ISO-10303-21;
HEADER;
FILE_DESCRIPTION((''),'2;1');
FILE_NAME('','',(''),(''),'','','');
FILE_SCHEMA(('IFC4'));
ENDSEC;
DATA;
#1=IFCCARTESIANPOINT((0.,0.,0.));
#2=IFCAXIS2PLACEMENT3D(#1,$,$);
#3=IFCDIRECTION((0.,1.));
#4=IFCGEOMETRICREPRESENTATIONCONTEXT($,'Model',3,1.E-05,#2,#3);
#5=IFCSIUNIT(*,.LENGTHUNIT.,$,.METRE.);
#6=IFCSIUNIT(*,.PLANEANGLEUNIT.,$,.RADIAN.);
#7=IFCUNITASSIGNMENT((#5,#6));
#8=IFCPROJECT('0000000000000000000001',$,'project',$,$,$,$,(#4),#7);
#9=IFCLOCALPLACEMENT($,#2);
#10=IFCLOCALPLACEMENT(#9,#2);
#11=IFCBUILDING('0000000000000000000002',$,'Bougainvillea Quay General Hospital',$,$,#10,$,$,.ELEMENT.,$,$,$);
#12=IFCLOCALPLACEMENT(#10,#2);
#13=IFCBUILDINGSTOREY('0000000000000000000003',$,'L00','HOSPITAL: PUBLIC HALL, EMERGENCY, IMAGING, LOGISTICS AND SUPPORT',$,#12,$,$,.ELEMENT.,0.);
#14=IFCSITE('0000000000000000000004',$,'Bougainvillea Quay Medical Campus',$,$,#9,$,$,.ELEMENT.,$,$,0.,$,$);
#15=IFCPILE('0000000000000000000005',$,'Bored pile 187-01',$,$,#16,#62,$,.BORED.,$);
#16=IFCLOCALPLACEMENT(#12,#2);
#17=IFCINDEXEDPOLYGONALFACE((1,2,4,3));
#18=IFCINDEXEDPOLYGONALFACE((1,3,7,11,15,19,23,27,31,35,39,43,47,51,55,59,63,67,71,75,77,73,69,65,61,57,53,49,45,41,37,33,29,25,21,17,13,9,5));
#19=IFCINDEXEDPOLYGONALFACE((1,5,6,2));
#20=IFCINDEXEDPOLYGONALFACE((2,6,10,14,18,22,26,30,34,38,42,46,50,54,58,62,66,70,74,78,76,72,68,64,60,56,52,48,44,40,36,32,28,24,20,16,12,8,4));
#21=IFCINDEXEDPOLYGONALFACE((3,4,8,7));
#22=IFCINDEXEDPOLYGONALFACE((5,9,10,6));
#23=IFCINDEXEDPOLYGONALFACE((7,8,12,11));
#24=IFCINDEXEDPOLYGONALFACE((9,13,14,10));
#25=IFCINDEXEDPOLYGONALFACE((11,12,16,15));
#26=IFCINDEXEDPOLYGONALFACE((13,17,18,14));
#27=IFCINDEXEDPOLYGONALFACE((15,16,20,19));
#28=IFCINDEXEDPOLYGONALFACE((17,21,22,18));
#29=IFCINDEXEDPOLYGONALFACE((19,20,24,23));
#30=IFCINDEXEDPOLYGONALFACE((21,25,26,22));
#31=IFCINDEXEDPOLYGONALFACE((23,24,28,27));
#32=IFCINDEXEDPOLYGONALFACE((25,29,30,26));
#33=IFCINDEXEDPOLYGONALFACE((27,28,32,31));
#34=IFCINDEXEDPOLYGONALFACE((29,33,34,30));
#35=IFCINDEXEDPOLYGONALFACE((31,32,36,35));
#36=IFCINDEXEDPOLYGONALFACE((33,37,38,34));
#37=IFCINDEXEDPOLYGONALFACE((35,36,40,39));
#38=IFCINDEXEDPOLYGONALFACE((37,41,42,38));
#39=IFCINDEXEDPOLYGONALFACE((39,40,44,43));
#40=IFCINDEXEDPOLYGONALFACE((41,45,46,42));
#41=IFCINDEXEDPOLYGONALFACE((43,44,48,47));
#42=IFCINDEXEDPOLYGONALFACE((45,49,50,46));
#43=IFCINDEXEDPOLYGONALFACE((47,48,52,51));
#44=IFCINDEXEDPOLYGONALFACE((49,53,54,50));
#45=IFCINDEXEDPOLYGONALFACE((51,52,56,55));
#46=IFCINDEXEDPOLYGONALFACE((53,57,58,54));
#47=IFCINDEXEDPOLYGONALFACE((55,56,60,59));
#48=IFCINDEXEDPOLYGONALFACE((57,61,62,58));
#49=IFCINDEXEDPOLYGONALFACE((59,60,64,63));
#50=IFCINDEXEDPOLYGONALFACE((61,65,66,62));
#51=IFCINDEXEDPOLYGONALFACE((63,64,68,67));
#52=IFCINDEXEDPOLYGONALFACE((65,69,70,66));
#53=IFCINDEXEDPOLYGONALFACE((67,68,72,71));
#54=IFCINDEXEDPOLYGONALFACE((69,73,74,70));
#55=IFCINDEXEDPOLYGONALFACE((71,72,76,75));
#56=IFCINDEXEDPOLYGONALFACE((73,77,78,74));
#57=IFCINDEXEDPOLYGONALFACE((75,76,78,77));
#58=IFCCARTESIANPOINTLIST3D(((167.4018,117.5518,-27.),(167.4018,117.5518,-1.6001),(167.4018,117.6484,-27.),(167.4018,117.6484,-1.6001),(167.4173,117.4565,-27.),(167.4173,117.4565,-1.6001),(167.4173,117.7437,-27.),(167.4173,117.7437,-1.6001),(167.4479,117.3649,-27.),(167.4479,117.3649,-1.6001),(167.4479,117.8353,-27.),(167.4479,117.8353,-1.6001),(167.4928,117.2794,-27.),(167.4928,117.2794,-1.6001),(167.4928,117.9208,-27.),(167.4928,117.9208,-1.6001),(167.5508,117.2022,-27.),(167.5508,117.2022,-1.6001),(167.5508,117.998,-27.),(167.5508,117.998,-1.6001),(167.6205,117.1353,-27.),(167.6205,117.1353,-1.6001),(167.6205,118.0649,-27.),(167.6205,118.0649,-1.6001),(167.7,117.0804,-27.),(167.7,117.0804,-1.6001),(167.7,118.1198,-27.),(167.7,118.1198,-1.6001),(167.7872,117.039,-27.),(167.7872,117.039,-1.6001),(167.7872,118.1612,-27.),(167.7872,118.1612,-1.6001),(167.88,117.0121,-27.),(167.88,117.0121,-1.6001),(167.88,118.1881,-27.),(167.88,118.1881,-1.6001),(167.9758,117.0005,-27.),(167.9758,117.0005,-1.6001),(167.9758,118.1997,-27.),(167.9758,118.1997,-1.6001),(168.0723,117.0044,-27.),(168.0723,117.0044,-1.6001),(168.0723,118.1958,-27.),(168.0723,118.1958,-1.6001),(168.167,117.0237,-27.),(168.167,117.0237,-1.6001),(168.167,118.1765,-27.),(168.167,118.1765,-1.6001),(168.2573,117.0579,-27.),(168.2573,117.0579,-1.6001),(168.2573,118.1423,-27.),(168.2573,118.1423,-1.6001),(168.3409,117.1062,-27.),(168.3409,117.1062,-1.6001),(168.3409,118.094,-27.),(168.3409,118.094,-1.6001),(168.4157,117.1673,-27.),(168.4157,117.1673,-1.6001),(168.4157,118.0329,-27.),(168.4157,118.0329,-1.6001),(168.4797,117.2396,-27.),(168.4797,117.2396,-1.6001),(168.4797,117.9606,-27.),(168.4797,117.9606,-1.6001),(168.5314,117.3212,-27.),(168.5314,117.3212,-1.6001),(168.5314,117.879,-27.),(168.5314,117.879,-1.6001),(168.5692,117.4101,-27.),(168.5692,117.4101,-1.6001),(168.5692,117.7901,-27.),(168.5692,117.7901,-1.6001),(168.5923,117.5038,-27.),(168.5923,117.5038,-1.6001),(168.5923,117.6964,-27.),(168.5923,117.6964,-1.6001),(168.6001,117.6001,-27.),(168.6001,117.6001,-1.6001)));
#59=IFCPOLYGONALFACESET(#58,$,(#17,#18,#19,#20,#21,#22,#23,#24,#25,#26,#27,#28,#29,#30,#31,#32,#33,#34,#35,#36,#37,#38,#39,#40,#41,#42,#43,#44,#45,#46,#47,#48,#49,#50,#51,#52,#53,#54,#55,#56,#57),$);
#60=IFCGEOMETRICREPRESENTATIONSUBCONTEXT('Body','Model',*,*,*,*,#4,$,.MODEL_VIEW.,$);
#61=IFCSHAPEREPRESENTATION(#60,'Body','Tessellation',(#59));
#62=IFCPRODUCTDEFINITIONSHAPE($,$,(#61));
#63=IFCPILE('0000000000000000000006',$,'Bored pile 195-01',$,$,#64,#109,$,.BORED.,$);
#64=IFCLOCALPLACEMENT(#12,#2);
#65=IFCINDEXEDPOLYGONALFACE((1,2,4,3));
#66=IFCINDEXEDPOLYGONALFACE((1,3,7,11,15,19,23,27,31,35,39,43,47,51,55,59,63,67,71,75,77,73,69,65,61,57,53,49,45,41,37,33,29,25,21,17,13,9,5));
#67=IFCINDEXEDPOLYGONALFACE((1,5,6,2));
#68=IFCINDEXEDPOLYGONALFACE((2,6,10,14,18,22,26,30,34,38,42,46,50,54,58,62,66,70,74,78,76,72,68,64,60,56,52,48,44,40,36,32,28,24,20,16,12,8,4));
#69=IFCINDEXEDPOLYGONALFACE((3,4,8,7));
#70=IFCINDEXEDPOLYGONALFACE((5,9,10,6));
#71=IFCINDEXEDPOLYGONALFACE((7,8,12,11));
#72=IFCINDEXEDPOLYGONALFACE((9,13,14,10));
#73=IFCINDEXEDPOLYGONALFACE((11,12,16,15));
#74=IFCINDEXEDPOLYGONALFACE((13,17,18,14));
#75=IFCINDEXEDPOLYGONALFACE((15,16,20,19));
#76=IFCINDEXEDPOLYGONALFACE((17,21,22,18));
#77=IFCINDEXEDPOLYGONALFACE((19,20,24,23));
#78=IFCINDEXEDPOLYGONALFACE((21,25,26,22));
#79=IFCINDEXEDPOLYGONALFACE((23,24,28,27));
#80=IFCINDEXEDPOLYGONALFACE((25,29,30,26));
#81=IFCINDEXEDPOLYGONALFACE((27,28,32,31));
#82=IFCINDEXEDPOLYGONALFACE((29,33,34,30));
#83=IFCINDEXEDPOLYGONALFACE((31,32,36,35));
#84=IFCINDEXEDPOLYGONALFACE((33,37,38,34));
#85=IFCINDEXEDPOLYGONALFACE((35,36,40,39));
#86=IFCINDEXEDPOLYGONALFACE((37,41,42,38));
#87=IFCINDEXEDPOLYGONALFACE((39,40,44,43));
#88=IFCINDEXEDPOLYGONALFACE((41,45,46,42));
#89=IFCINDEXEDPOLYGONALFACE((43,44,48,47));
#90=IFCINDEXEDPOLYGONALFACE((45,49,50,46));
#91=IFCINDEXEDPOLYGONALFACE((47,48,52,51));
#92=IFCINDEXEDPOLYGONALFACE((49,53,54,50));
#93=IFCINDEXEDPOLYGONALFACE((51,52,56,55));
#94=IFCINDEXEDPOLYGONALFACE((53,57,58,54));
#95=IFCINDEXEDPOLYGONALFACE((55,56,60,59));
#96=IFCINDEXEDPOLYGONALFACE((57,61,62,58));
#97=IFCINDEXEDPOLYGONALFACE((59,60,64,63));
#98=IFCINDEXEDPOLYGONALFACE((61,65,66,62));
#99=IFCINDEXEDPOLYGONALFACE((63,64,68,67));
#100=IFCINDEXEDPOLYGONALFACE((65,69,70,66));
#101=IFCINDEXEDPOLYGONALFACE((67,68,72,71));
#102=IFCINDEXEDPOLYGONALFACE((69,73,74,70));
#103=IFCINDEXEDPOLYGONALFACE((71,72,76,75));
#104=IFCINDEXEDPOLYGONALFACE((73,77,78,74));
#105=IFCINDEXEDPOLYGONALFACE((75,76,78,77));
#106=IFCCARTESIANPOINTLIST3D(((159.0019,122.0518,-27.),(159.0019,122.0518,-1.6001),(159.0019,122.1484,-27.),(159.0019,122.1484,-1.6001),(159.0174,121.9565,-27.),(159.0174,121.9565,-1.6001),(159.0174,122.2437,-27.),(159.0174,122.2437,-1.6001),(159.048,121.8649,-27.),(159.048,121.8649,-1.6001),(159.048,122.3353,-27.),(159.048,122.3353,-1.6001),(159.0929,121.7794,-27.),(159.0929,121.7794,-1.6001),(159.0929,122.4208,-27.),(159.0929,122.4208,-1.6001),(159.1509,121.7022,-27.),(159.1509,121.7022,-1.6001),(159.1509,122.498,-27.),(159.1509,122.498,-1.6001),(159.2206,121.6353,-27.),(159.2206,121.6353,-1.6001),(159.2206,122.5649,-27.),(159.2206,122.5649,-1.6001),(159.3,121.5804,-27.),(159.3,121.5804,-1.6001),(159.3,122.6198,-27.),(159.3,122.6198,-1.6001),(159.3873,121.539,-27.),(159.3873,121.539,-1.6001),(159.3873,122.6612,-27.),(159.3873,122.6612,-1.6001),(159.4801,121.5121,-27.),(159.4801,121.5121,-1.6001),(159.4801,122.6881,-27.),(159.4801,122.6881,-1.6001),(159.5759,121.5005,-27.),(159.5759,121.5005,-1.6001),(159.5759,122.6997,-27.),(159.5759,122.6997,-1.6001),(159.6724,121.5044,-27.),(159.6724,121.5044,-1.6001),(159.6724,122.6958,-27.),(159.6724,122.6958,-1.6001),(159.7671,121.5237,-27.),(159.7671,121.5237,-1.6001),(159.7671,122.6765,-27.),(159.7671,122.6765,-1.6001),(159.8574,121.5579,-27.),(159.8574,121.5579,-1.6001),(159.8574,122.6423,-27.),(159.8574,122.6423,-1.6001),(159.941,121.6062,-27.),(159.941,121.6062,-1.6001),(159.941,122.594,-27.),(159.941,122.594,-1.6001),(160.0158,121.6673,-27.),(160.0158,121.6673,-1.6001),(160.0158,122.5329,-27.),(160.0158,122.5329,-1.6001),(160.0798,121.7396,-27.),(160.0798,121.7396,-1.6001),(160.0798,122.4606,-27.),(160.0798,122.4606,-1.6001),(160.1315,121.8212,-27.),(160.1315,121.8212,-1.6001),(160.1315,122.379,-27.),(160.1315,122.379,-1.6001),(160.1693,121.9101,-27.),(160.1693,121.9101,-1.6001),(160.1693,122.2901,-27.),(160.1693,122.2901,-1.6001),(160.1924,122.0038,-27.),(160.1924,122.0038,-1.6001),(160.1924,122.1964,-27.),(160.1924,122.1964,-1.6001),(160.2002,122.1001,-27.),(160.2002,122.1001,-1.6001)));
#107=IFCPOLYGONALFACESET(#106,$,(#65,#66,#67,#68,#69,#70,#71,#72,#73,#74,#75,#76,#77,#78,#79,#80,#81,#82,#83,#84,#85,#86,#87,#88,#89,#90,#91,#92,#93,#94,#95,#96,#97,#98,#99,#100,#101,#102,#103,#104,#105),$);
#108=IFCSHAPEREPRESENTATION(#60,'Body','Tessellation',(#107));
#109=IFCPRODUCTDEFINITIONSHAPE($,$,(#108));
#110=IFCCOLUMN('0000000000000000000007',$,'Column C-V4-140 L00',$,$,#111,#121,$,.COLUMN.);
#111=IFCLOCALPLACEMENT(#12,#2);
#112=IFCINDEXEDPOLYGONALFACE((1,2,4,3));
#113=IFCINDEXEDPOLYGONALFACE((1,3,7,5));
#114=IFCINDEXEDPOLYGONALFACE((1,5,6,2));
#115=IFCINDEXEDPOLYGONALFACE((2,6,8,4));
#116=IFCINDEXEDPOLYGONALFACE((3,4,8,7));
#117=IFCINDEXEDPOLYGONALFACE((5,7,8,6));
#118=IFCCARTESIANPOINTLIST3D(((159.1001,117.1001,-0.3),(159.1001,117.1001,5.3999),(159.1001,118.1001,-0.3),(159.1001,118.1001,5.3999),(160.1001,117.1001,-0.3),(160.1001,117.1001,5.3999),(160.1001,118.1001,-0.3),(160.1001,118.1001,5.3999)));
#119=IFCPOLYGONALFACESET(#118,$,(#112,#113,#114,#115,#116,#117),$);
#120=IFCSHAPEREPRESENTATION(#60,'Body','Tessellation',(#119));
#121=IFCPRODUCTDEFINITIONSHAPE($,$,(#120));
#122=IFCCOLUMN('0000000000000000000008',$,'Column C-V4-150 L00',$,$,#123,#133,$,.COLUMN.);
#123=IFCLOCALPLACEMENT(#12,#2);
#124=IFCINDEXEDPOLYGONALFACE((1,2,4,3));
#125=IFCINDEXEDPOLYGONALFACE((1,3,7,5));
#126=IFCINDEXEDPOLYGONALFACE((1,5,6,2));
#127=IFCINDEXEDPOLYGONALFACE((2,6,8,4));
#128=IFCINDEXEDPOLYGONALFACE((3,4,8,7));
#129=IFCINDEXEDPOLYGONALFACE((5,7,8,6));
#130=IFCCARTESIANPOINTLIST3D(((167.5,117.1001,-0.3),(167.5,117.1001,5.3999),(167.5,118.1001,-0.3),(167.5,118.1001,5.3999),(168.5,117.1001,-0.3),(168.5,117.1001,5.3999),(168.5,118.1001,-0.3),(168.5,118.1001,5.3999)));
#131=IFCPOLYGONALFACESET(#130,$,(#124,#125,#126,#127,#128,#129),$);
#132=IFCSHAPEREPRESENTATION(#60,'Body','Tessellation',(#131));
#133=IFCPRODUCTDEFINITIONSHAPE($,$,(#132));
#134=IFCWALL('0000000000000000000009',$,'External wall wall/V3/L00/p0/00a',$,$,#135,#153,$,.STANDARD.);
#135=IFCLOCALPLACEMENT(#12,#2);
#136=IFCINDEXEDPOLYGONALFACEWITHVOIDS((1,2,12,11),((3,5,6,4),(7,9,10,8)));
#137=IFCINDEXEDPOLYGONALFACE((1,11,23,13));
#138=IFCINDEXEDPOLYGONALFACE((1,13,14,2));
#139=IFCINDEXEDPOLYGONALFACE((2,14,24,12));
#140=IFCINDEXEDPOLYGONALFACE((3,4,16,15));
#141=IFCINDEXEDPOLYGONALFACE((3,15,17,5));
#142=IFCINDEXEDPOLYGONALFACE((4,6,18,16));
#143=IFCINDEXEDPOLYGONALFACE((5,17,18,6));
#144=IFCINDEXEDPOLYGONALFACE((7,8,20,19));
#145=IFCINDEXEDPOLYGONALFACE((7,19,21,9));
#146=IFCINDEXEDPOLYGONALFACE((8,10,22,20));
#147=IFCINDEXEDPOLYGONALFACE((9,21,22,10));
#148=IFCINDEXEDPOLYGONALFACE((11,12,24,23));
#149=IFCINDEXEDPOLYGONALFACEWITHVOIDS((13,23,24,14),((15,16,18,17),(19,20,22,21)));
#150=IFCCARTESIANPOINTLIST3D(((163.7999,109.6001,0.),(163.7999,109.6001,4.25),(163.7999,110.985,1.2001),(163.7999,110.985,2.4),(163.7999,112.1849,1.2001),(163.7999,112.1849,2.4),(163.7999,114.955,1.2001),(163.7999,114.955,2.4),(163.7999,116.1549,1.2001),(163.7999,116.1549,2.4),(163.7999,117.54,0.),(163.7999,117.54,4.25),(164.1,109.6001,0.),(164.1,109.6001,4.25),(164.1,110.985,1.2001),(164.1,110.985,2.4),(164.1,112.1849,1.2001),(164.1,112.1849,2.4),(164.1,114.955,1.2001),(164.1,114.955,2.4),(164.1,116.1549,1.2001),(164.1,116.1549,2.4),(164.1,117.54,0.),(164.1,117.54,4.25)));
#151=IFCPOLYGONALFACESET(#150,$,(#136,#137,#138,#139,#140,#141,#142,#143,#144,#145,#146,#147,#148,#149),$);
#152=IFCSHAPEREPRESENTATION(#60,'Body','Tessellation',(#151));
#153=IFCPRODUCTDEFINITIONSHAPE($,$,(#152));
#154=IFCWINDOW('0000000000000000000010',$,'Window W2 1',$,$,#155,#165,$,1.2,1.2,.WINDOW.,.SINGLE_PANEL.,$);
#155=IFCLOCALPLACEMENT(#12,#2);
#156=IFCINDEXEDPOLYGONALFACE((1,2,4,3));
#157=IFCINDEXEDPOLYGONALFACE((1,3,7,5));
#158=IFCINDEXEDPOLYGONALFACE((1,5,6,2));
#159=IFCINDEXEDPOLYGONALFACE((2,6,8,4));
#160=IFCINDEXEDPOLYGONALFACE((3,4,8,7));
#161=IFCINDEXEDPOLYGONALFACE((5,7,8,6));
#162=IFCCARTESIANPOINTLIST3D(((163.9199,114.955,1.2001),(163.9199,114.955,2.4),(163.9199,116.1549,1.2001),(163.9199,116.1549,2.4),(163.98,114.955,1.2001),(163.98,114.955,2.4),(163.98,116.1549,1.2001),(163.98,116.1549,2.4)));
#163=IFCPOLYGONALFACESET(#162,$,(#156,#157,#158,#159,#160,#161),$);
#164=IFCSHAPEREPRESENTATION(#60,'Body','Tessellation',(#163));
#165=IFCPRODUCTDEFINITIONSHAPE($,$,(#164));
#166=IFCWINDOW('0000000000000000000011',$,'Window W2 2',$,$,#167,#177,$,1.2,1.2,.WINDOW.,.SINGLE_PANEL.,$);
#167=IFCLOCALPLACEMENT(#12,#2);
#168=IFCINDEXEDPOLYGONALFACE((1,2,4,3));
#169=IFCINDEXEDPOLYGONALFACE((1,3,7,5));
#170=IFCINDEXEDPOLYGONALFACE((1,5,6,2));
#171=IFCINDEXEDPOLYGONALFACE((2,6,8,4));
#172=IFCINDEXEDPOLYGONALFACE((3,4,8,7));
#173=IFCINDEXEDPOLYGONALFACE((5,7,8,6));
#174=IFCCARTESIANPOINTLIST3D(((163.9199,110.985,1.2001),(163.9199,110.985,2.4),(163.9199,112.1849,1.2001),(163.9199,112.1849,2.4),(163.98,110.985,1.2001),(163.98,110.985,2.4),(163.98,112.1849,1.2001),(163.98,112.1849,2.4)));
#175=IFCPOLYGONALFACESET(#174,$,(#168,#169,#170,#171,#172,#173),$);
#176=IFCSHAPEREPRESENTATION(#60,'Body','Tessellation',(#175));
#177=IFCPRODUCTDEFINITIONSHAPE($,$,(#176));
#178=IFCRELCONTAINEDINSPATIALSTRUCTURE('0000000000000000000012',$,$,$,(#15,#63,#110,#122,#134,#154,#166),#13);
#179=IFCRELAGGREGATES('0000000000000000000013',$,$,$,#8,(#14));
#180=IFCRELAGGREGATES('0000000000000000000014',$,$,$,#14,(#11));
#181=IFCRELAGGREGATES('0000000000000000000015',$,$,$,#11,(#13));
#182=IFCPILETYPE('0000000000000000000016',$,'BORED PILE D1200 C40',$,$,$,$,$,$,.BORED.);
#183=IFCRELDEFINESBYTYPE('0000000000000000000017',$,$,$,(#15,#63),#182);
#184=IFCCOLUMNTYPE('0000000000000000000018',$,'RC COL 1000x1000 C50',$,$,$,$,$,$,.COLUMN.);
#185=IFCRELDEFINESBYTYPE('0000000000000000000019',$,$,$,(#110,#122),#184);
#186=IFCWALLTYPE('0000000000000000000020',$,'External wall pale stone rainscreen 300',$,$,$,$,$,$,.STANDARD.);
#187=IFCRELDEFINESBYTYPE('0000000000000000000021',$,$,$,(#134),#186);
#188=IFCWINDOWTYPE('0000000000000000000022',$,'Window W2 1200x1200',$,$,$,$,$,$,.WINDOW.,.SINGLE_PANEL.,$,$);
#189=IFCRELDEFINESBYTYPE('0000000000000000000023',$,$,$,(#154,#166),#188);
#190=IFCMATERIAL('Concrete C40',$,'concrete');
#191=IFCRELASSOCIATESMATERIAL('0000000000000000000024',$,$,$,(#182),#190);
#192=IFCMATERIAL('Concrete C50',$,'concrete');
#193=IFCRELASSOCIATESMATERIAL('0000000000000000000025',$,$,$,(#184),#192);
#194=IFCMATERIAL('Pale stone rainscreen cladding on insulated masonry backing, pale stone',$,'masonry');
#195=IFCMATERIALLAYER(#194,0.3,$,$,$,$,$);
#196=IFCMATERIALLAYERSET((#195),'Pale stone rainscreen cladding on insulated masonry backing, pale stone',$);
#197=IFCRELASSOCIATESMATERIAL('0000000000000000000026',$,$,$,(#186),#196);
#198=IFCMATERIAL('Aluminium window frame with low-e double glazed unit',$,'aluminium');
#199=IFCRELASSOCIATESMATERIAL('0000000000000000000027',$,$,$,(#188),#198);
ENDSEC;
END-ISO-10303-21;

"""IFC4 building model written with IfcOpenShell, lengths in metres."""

from ifc_helpers import new_model, si_unit, direction, frame, frame_2d, origin, origin_2d, place, context, subcontext, project, spatial, rectangle, circle, extrude, material, layer, layer_set, material_profile, profile_set, type_object, element, fill, save


model = new_model("IFC4")

# Units and contexts
model_context = context("Model", 3, precision=1e-05, world=origin(), true_north=direction((0.0, 1.0)))
body_context = subcontext(model_context, "Body", "Model", "MODEL_VIEW")
ifc_project = project(units=[si_unit("LENGTHUNIT", "METRE"), si_unit("PLANEANGLEUNIT", "RADIAN")], contexts=[model_context])

# Site, building, storey
site_placement = place(None, origin())
site = spatial("IfcSite", under=ifc_project, at=site_placement, Name="Bougainvillea Quay Medical Campus", CompositionType="ELEMENT", RefElevation=0.0)
building_placement = place(site_placement, origin())
building = spatial("IfcBuilding", under=site, at=building_placement, Name="Bougainvillea Quay General Hospital", CompositionType="ELEMENT")
storey_placement = place(building_placement, origin())
storey = spatial("IfcBuildingStorey", under=building, at=storey_placement, Name="L00", Description="HOSPITAL: PUBLIC HALL, EMERGENCY, IMAGING, LOGISTICS AND SUPPORT", CompositionType="ELEMENT", Elevation=0.0)

# Piles
ifc_material_1 = material(Name="Concrete C40", Category="concrete")
ifc_material_profile_1 = material_profile(ifc_material_1, circle(Radius=0.6001, at=origin_2d()))
ifc_profile_set_1 = profile_set([ifc_material_profile_1], Name="Concrete C40")
pile_type = type_object("IfcPileType", Name="BORED PILE D1200 C40", PredefinedType="BORED", material=ifc_profile_set_1)
for number, where, z_axis, x_axis, name in (
    (1, (168.0, 117.6001, -1.6001), (0.0, 0.0, -1.0), (1.0, 0.0, 0.0), "Bored pile 187-01"),
    (2, (159.6001, 122.1001, -1.6001), (0.0, 0.0, -1.0), (1.0, 0.0, 0.0), "Bored pile 195-01"),
):
    element("IfcPile", number, at=place(storey_placement, frame(where, z_axis=z_axis, x_axis=x_axis)), inside=storey, type_object=pile_type, Name=name, PredefinedType="BORED", context=body_context, shape_type="SweptSolid", body=[
        extrude(circle(Radius=0.6001, at=origin_2d()), origin(), (0.0, 0.0, 1.0), 25.3999),
    ])

# Columns
ifc_material_2 = material(Name="Concrete C50", Category="concrete")
ifc_material_profile_2 = material_profile(ifc_material_2, rectangle(XDim=1.0, YDim=1.0, at=origin_2d()))
ifc_profile_set_2 = profile_set([ifc_material_profile_2], Name="Concrete C50")
column_type = type_object("IfcColumnType", Name="RC COL 1000x1000 C50", PredefinedType="COLUMN", material=ifc_profile_set_2)
for number, where, z_axis, x_axis, name in (
    (3, (159.6001, 117.6001, -0.3), (0.0, 0.0, 1.0), (1.0, 0.0, 0.0), "Column C-V4-140 L00"),
    (4, (168.0, 117.6001, -0.3), (0.0, 0.0, 1.0), (1.0, 0.0, 0.0), "Column C-V4-150 L00"),
):
    element("IfcColumn", number, at=place(storey_placement, frame(where, z_axis=z_axis, x_axis=x_axis)), inside=storey, type_object=column_type, Name=name, PredefinedType="COLUMN", context=body_context, shape_type="SweptSolid", body=[
        extrude(rectangle(XDim=1.0, YDim=1.0, at=origin_2d()), origin(), (0.0, 0.0, 1.0), 5.7),
    ])

# Wall, openings, windows
ifc_material_3 = material(Name="Pale stone rainscreen cladding on insulated masonry backing, pale stone", Category="masonry")
ifc_layer_1 = layer(ifc_material_3, 0.3)
ifc_layer_set_1 = layer_set([ifc_layer_1], Name="Pale stone rainscreen cladding on insulated masonry backing, pale stone")
wall_type_1 = type_object("IfcWallType", Name="External wall pale stone rainscreen 300", PredefinedType="STANDARD", material=ifc_layer_set_1)
wall_1_placement = place(storey_placement, frame((163.95, 117.54, 0.0), z_axis=(0.0, 0.0, 1.0), x_axis=(0.0, -1.0, 0.0)))
wall_1 = element("IfcWall", 5, at=wall_1_placement, inside=storey, type_object=wall_type_1, Name="External wall wall/V3/L00/p0/00a", PredefinedType="STANDARD", context=body_context, shape_type="SweptSolid", body=[
    extrude(rectangle(XDim=7.9399, YDim=0.3, at=frame_2d((3.97, 0.0))), origin(), (0.0, 0.0, 1.0), 4.25),
])
opening_1_placement = place(wall_1_placement, frame((1.385, 0.0, 1.2)))
opening_1 = element("IfcOpeningElement", 6, at=opening_1_placement, cuts=wall_1, PredefinedType="OPENING", context=body_context, shape_type="SweptSolid", body=[
    extrude(rectangle(XDim=1.2, YDim=1.2, at=frame_2d((0.6001, 0.6001))), frame((0.0, 0.1599, 0.0), z_axis=(0.0, -1.0, 0.0), x_axis=(1.0, 0.0, 0.0)), (0.0, 0.0, 1.0), 0.3201),
])
opening_2_placement = place(wall_1_placement, frame((5.355, 0.0, 1.2)))
opening_2 = element("IfcOpeningElement", 7, at=opening_2_placement, cuts=wall_1, PredefinedType="OPENING", context=body_context, shape_type="SweptSolid", body=[
    extrude(rectangle(XDim=1.2, YDim=1.2, at=frame_2d((0.6001, 0.6001))), frame((0.0, 0.1599, 0.0), z_axis=(0.0, -1.0, 0.0), x_axis=(1.0, 0.0, 0.0)), (0.0, 0.0, 1.0), 0.3201),
])
ifc_material_4 = material(Name="Aluminium window frame with low-e double glazed unit", Category="aluminium")
window_type_1 = type_object("IfcWindowType", Name="Window W2 1200x1200", PartitioningType="SINGLE_PANEL", PredefinedType="WINDOW", material=ifc_material_4)
window_1_placement = place(opening_1_placement, origin())
window_1 = element("IfcWindow", 8, at=window_1_placement, inside=storey, type_object=window_type_1, Name="Window W2 1", OverallHeight=1.2, OverallWidth=1.2, PartitioningType="SINGLE_PANEL", PredefinedType="WINDOW", context=body_context, shape_type="SweptSolid", body=[
    extrude(rectangle(XDim=1.2, YDim=1.2, at=frame_2d((0.6001, 0.6001))), frame((0.0, 0.03, 0.0), z_axis=(0.0, -1.0, 0.0), x_axis=(1.0, 0.0, 0.0)), (0.0, 0.0, 1.0), 0.0601),
])
fill(opening_1, window_1)
window_2_placement = place(opening_2_placement, origin())
window_2 = element("IfcWindow", 9, at=window_2_placement, inside=storey, type_object=window_type_1, Name="Window W2 2", OverallHeight=1.2, OverallWidth=1.2, PartitioningType="SINGLE_PANEL", PredefinedType="WINDOW", context=body_context, shape_type="SweptSolid", body=[
    extrude(rectangle(XDim=1.2, YDim=1.2, at=frame_2d((0.6001, 0.6001))), frame((0.0, 0.03, 0.0), z_axis=(0.0, -1.0, 0.0), x_axis=(1.0, 0.0, 0.0)), (0.0, 0.0, 1.0), 0.0601),
])
fill(opening_2, window_2)

save(model, "model.ifc")
